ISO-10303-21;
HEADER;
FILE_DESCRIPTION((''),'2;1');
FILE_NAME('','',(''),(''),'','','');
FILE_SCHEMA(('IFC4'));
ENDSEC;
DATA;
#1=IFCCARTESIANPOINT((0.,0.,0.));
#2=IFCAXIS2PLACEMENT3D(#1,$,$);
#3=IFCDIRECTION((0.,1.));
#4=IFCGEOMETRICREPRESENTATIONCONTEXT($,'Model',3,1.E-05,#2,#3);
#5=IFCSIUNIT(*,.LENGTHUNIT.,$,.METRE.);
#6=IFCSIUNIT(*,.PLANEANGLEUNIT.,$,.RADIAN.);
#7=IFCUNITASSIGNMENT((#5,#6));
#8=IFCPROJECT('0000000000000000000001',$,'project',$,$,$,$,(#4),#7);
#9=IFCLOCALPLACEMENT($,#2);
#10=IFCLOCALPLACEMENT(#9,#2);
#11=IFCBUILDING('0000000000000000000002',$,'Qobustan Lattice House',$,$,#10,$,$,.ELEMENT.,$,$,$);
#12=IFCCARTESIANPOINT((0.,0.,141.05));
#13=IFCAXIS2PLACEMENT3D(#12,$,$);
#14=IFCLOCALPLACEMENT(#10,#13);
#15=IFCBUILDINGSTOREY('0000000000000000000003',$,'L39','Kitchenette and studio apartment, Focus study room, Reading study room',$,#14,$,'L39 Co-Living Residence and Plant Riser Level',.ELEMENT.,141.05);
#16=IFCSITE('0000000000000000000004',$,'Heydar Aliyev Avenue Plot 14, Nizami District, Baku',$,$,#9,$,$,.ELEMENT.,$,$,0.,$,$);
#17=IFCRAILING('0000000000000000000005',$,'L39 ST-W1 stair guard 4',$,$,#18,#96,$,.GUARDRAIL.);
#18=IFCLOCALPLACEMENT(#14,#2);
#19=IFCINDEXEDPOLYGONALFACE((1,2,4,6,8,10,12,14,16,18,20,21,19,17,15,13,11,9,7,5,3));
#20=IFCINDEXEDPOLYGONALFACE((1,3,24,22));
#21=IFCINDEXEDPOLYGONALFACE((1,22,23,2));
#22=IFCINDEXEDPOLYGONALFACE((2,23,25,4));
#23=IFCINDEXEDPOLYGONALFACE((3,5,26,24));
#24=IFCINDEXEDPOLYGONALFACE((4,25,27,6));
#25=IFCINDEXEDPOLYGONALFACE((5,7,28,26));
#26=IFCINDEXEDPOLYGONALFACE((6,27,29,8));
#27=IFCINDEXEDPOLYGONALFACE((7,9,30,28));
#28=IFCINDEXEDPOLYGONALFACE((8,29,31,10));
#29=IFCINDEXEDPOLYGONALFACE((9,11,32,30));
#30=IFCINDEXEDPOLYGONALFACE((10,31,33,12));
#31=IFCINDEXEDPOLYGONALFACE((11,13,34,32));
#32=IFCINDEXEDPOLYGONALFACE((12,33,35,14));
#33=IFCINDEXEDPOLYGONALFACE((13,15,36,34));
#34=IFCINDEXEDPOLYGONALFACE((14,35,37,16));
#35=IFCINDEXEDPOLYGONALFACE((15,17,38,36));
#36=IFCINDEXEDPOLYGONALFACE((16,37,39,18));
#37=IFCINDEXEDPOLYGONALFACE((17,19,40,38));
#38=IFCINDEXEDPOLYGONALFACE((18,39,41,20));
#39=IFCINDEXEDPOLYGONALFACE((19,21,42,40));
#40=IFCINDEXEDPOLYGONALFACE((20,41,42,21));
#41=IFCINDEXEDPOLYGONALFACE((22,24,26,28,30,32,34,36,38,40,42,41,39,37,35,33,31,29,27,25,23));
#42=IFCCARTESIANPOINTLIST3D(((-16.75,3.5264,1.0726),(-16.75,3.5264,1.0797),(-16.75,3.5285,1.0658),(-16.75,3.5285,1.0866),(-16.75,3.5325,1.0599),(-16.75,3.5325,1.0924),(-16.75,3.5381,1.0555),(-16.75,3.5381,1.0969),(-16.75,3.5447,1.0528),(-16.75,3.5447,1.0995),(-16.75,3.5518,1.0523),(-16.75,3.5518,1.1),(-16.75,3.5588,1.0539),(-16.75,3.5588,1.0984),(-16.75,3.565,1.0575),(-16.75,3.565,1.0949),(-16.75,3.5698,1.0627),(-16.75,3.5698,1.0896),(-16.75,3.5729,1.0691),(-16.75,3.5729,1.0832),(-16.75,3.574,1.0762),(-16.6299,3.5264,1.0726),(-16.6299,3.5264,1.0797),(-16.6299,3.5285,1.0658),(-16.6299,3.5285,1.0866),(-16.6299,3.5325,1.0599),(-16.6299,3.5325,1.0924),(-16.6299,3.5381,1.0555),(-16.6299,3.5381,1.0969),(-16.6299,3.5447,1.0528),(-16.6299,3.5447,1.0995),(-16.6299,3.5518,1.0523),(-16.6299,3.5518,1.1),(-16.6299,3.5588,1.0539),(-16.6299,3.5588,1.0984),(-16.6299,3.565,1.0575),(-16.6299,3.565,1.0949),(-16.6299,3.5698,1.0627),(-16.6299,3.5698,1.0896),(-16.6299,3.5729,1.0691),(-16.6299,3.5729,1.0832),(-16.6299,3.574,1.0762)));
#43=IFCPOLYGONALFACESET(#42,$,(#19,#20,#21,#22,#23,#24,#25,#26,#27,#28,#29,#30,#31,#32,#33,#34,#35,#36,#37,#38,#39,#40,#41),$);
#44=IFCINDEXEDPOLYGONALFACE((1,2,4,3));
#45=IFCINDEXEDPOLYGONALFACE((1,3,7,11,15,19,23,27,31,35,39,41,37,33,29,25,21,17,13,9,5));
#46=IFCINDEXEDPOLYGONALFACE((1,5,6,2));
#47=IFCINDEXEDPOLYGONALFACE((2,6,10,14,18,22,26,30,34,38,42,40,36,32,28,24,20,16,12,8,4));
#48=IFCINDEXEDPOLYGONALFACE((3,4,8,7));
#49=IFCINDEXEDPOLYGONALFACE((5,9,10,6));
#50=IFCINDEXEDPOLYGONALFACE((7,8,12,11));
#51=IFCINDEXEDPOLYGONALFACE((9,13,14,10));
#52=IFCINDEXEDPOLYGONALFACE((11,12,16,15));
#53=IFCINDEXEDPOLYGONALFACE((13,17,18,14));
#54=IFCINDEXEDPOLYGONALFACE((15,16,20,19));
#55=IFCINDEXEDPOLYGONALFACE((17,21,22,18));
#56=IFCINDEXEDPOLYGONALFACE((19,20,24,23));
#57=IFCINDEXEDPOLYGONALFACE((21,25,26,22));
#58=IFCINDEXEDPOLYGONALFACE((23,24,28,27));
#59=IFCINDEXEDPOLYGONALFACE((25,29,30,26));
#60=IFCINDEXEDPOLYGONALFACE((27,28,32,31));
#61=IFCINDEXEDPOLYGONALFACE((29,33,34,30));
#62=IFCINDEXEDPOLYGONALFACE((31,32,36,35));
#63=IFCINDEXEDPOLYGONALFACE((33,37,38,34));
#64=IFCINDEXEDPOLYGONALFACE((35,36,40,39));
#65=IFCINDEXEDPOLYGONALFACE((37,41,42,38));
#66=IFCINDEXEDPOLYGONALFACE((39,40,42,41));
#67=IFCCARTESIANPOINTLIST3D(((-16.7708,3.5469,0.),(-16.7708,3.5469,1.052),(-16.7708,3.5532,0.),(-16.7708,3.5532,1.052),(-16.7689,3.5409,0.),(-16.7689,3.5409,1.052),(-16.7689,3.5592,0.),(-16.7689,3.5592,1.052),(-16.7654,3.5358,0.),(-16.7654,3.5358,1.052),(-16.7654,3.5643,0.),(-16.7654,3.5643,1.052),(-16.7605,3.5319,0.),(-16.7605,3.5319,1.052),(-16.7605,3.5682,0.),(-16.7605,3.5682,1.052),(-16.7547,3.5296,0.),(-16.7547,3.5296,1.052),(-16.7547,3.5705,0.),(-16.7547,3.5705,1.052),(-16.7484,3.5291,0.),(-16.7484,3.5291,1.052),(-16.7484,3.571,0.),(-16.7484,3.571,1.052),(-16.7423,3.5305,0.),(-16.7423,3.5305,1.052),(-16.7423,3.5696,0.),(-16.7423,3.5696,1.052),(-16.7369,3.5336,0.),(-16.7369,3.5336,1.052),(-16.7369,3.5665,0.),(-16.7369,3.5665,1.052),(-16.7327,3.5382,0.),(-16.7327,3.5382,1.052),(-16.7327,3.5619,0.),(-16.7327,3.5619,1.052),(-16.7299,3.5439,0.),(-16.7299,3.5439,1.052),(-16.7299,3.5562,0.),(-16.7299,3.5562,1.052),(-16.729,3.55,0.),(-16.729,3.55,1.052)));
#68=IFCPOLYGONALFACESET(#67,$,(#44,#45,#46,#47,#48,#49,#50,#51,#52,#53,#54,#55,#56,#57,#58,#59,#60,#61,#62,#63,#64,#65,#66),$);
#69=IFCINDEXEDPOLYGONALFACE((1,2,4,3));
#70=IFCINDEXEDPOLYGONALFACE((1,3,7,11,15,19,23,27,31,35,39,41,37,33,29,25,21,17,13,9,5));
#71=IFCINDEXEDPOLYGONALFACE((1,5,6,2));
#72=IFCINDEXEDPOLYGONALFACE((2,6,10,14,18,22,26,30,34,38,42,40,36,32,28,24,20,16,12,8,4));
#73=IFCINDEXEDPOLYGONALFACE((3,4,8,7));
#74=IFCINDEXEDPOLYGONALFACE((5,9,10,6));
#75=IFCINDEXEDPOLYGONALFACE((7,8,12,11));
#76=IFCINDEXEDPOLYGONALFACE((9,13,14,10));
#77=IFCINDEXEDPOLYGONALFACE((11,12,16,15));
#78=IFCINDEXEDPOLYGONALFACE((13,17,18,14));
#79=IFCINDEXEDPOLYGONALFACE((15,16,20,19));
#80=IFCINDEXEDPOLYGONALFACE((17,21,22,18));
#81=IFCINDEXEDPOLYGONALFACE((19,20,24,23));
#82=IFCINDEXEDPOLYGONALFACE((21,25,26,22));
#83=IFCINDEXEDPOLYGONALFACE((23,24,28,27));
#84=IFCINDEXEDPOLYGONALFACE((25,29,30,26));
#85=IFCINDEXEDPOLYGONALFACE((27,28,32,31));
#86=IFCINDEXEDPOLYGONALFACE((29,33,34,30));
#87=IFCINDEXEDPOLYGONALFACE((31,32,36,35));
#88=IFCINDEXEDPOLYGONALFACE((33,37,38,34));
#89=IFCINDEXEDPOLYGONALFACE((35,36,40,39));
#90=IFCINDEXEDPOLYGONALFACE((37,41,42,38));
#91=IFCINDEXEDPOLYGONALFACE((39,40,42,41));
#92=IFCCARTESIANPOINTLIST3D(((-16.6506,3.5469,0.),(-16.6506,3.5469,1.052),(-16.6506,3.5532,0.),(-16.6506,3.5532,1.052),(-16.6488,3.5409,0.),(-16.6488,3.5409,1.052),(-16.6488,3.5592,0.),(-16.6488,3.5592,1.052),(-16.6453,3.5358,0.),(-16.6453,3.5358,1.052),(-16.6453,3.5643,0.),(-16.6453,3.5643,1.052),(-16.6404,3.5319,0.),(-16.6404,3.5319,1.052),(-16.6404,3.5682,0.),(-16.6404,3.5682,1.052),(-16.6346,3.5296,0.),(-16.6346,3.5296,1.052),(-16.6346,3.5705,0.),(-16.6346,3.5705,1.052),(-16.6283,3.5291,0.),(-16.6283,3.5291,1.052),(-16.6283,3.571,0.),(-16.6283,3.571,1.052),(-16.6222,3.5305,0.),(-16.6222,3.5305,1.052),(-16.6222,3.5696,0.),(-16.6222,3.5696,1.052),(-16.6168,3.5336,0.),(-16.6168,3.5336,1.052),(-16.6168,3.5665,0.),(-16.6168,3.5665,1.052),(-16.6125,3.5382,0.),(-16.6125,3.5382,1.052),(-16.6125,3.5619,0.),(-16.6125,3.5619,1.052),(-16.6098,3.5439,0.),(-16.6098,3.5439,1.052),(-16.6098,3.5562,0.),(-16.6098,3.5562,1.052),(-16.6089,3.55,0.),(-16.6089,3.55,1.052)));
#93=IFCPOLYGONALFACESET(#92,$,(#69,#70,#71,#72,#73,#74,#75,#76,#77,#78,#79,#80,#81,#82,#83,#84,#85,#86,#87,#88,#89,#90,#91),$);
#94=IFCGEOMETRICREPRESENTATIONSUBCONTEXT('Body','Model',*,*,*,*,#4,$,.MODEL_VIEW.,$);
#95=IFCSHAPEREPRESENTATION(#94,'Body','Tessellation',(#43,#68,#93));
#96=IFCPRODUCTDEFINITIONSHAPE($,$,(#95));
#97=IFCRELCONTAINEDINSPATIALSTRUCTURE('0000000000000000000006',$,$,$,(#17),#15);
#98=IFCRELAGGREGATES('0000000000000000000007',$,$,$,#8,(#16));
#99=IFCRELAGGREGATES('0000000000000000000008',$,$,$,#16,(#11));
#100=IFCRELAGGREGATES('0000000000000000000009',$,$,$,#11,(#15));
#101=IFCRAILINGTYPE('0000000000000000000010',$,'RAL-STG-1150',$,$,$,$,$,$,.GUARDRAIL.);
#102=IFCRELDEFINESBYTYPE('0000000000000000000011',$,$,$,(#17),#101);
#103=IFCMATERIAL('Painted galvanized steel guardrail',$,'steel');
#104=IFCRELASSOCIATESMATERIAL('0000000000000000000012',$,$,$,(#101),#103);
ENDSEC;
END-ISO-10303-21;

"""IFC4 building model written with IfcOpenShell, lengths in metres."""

from ifc_helpers import new_model, si_unit, direction, frame, origin, origin_2d, place, context, subcontext, project, spatial, circle, extrude, material, type_object, element, save


model = new_model("IFC4")

# Units and contexts
model_context = context("Model", 3, precision=1e-05, world=origin(), true_north=direction((0.0, 1.0)))
body_context = subcontext(model_context, "Body", "Model", "MODEL_VIEW")
ifc_project = project(units=[si_unit("LENGTHUNIT", "METRE"), si_unit("PLANEANGLEUNIT", "RADIAN")], contexts=[model_context])

# Site, building, storey
site_placement = place(None, origin())
site = spatial("IfcSite", under=ifc_project, at=site_placement, Name="Heydar Aliyev Avenue Plot 14, Nizami District, Baku", CompositionType="ELEMENT", RefElevation=0.0)
building_placement = place(site_placement, origin())
building = spatial("IfcBuilding", under=site, at=building_placement, Name="Qobustan Lattice House", CompositionType="ELEMENT")
storey_placement = place(building_placement, frame((0.0, 0.0, 141.05)))
storey = spatial("IfcBuildingStorey", under=building, at=storey_placement, Name="L39", Description="Kitchenette and studio apartment, Focus study room, Reading study room", LongName="L39 Co-Living Residence and Plant Riser Level", CompositionType="ELEMENT", Elevation=141.05)

# Railing
ifc_material_1 = material(Name="Painted galvanized steel guardrail", Category="steel")
railing_type_1 = type_object("IfcRailingType", Name="RAL-STG-1150", PredefinedType="GUARDRAIL", material=ifc_material_1)
railing_1_placement = place(storey_placement, frame((-16.75, 3.55, 0.0)))
element("IfcRailing", 1, at=railing_1_placement, inside=storey, type_object=railing_type_1, Name="L39 ST-W1 stair guard 4", PredefinedType="GUARDRAIL", context=body_context, shape_type="SweptSolid", body=[
    extrude(circle(Radius=0.0239, at=origin_2d()), frame((0.0, 0.0, 1.0762), z_axis=(1.0, 0.0, 0.0), x_axis=(0.0, 1.0, 0.0)), (0.0, 0.0, 1.0), 0.1201),
    extrude(circle(Radius=0.021, at=origin_2d()), origin(), (0.0, 0.0, 1.0), 1.052),
    extrude(circle(Radius=0.021, at=origin_2d()), frame((0.1201, 0.0, 0.0)), (0.0, 0.0, 1.0), 1.052),
])

save(model, "model.ifc")
